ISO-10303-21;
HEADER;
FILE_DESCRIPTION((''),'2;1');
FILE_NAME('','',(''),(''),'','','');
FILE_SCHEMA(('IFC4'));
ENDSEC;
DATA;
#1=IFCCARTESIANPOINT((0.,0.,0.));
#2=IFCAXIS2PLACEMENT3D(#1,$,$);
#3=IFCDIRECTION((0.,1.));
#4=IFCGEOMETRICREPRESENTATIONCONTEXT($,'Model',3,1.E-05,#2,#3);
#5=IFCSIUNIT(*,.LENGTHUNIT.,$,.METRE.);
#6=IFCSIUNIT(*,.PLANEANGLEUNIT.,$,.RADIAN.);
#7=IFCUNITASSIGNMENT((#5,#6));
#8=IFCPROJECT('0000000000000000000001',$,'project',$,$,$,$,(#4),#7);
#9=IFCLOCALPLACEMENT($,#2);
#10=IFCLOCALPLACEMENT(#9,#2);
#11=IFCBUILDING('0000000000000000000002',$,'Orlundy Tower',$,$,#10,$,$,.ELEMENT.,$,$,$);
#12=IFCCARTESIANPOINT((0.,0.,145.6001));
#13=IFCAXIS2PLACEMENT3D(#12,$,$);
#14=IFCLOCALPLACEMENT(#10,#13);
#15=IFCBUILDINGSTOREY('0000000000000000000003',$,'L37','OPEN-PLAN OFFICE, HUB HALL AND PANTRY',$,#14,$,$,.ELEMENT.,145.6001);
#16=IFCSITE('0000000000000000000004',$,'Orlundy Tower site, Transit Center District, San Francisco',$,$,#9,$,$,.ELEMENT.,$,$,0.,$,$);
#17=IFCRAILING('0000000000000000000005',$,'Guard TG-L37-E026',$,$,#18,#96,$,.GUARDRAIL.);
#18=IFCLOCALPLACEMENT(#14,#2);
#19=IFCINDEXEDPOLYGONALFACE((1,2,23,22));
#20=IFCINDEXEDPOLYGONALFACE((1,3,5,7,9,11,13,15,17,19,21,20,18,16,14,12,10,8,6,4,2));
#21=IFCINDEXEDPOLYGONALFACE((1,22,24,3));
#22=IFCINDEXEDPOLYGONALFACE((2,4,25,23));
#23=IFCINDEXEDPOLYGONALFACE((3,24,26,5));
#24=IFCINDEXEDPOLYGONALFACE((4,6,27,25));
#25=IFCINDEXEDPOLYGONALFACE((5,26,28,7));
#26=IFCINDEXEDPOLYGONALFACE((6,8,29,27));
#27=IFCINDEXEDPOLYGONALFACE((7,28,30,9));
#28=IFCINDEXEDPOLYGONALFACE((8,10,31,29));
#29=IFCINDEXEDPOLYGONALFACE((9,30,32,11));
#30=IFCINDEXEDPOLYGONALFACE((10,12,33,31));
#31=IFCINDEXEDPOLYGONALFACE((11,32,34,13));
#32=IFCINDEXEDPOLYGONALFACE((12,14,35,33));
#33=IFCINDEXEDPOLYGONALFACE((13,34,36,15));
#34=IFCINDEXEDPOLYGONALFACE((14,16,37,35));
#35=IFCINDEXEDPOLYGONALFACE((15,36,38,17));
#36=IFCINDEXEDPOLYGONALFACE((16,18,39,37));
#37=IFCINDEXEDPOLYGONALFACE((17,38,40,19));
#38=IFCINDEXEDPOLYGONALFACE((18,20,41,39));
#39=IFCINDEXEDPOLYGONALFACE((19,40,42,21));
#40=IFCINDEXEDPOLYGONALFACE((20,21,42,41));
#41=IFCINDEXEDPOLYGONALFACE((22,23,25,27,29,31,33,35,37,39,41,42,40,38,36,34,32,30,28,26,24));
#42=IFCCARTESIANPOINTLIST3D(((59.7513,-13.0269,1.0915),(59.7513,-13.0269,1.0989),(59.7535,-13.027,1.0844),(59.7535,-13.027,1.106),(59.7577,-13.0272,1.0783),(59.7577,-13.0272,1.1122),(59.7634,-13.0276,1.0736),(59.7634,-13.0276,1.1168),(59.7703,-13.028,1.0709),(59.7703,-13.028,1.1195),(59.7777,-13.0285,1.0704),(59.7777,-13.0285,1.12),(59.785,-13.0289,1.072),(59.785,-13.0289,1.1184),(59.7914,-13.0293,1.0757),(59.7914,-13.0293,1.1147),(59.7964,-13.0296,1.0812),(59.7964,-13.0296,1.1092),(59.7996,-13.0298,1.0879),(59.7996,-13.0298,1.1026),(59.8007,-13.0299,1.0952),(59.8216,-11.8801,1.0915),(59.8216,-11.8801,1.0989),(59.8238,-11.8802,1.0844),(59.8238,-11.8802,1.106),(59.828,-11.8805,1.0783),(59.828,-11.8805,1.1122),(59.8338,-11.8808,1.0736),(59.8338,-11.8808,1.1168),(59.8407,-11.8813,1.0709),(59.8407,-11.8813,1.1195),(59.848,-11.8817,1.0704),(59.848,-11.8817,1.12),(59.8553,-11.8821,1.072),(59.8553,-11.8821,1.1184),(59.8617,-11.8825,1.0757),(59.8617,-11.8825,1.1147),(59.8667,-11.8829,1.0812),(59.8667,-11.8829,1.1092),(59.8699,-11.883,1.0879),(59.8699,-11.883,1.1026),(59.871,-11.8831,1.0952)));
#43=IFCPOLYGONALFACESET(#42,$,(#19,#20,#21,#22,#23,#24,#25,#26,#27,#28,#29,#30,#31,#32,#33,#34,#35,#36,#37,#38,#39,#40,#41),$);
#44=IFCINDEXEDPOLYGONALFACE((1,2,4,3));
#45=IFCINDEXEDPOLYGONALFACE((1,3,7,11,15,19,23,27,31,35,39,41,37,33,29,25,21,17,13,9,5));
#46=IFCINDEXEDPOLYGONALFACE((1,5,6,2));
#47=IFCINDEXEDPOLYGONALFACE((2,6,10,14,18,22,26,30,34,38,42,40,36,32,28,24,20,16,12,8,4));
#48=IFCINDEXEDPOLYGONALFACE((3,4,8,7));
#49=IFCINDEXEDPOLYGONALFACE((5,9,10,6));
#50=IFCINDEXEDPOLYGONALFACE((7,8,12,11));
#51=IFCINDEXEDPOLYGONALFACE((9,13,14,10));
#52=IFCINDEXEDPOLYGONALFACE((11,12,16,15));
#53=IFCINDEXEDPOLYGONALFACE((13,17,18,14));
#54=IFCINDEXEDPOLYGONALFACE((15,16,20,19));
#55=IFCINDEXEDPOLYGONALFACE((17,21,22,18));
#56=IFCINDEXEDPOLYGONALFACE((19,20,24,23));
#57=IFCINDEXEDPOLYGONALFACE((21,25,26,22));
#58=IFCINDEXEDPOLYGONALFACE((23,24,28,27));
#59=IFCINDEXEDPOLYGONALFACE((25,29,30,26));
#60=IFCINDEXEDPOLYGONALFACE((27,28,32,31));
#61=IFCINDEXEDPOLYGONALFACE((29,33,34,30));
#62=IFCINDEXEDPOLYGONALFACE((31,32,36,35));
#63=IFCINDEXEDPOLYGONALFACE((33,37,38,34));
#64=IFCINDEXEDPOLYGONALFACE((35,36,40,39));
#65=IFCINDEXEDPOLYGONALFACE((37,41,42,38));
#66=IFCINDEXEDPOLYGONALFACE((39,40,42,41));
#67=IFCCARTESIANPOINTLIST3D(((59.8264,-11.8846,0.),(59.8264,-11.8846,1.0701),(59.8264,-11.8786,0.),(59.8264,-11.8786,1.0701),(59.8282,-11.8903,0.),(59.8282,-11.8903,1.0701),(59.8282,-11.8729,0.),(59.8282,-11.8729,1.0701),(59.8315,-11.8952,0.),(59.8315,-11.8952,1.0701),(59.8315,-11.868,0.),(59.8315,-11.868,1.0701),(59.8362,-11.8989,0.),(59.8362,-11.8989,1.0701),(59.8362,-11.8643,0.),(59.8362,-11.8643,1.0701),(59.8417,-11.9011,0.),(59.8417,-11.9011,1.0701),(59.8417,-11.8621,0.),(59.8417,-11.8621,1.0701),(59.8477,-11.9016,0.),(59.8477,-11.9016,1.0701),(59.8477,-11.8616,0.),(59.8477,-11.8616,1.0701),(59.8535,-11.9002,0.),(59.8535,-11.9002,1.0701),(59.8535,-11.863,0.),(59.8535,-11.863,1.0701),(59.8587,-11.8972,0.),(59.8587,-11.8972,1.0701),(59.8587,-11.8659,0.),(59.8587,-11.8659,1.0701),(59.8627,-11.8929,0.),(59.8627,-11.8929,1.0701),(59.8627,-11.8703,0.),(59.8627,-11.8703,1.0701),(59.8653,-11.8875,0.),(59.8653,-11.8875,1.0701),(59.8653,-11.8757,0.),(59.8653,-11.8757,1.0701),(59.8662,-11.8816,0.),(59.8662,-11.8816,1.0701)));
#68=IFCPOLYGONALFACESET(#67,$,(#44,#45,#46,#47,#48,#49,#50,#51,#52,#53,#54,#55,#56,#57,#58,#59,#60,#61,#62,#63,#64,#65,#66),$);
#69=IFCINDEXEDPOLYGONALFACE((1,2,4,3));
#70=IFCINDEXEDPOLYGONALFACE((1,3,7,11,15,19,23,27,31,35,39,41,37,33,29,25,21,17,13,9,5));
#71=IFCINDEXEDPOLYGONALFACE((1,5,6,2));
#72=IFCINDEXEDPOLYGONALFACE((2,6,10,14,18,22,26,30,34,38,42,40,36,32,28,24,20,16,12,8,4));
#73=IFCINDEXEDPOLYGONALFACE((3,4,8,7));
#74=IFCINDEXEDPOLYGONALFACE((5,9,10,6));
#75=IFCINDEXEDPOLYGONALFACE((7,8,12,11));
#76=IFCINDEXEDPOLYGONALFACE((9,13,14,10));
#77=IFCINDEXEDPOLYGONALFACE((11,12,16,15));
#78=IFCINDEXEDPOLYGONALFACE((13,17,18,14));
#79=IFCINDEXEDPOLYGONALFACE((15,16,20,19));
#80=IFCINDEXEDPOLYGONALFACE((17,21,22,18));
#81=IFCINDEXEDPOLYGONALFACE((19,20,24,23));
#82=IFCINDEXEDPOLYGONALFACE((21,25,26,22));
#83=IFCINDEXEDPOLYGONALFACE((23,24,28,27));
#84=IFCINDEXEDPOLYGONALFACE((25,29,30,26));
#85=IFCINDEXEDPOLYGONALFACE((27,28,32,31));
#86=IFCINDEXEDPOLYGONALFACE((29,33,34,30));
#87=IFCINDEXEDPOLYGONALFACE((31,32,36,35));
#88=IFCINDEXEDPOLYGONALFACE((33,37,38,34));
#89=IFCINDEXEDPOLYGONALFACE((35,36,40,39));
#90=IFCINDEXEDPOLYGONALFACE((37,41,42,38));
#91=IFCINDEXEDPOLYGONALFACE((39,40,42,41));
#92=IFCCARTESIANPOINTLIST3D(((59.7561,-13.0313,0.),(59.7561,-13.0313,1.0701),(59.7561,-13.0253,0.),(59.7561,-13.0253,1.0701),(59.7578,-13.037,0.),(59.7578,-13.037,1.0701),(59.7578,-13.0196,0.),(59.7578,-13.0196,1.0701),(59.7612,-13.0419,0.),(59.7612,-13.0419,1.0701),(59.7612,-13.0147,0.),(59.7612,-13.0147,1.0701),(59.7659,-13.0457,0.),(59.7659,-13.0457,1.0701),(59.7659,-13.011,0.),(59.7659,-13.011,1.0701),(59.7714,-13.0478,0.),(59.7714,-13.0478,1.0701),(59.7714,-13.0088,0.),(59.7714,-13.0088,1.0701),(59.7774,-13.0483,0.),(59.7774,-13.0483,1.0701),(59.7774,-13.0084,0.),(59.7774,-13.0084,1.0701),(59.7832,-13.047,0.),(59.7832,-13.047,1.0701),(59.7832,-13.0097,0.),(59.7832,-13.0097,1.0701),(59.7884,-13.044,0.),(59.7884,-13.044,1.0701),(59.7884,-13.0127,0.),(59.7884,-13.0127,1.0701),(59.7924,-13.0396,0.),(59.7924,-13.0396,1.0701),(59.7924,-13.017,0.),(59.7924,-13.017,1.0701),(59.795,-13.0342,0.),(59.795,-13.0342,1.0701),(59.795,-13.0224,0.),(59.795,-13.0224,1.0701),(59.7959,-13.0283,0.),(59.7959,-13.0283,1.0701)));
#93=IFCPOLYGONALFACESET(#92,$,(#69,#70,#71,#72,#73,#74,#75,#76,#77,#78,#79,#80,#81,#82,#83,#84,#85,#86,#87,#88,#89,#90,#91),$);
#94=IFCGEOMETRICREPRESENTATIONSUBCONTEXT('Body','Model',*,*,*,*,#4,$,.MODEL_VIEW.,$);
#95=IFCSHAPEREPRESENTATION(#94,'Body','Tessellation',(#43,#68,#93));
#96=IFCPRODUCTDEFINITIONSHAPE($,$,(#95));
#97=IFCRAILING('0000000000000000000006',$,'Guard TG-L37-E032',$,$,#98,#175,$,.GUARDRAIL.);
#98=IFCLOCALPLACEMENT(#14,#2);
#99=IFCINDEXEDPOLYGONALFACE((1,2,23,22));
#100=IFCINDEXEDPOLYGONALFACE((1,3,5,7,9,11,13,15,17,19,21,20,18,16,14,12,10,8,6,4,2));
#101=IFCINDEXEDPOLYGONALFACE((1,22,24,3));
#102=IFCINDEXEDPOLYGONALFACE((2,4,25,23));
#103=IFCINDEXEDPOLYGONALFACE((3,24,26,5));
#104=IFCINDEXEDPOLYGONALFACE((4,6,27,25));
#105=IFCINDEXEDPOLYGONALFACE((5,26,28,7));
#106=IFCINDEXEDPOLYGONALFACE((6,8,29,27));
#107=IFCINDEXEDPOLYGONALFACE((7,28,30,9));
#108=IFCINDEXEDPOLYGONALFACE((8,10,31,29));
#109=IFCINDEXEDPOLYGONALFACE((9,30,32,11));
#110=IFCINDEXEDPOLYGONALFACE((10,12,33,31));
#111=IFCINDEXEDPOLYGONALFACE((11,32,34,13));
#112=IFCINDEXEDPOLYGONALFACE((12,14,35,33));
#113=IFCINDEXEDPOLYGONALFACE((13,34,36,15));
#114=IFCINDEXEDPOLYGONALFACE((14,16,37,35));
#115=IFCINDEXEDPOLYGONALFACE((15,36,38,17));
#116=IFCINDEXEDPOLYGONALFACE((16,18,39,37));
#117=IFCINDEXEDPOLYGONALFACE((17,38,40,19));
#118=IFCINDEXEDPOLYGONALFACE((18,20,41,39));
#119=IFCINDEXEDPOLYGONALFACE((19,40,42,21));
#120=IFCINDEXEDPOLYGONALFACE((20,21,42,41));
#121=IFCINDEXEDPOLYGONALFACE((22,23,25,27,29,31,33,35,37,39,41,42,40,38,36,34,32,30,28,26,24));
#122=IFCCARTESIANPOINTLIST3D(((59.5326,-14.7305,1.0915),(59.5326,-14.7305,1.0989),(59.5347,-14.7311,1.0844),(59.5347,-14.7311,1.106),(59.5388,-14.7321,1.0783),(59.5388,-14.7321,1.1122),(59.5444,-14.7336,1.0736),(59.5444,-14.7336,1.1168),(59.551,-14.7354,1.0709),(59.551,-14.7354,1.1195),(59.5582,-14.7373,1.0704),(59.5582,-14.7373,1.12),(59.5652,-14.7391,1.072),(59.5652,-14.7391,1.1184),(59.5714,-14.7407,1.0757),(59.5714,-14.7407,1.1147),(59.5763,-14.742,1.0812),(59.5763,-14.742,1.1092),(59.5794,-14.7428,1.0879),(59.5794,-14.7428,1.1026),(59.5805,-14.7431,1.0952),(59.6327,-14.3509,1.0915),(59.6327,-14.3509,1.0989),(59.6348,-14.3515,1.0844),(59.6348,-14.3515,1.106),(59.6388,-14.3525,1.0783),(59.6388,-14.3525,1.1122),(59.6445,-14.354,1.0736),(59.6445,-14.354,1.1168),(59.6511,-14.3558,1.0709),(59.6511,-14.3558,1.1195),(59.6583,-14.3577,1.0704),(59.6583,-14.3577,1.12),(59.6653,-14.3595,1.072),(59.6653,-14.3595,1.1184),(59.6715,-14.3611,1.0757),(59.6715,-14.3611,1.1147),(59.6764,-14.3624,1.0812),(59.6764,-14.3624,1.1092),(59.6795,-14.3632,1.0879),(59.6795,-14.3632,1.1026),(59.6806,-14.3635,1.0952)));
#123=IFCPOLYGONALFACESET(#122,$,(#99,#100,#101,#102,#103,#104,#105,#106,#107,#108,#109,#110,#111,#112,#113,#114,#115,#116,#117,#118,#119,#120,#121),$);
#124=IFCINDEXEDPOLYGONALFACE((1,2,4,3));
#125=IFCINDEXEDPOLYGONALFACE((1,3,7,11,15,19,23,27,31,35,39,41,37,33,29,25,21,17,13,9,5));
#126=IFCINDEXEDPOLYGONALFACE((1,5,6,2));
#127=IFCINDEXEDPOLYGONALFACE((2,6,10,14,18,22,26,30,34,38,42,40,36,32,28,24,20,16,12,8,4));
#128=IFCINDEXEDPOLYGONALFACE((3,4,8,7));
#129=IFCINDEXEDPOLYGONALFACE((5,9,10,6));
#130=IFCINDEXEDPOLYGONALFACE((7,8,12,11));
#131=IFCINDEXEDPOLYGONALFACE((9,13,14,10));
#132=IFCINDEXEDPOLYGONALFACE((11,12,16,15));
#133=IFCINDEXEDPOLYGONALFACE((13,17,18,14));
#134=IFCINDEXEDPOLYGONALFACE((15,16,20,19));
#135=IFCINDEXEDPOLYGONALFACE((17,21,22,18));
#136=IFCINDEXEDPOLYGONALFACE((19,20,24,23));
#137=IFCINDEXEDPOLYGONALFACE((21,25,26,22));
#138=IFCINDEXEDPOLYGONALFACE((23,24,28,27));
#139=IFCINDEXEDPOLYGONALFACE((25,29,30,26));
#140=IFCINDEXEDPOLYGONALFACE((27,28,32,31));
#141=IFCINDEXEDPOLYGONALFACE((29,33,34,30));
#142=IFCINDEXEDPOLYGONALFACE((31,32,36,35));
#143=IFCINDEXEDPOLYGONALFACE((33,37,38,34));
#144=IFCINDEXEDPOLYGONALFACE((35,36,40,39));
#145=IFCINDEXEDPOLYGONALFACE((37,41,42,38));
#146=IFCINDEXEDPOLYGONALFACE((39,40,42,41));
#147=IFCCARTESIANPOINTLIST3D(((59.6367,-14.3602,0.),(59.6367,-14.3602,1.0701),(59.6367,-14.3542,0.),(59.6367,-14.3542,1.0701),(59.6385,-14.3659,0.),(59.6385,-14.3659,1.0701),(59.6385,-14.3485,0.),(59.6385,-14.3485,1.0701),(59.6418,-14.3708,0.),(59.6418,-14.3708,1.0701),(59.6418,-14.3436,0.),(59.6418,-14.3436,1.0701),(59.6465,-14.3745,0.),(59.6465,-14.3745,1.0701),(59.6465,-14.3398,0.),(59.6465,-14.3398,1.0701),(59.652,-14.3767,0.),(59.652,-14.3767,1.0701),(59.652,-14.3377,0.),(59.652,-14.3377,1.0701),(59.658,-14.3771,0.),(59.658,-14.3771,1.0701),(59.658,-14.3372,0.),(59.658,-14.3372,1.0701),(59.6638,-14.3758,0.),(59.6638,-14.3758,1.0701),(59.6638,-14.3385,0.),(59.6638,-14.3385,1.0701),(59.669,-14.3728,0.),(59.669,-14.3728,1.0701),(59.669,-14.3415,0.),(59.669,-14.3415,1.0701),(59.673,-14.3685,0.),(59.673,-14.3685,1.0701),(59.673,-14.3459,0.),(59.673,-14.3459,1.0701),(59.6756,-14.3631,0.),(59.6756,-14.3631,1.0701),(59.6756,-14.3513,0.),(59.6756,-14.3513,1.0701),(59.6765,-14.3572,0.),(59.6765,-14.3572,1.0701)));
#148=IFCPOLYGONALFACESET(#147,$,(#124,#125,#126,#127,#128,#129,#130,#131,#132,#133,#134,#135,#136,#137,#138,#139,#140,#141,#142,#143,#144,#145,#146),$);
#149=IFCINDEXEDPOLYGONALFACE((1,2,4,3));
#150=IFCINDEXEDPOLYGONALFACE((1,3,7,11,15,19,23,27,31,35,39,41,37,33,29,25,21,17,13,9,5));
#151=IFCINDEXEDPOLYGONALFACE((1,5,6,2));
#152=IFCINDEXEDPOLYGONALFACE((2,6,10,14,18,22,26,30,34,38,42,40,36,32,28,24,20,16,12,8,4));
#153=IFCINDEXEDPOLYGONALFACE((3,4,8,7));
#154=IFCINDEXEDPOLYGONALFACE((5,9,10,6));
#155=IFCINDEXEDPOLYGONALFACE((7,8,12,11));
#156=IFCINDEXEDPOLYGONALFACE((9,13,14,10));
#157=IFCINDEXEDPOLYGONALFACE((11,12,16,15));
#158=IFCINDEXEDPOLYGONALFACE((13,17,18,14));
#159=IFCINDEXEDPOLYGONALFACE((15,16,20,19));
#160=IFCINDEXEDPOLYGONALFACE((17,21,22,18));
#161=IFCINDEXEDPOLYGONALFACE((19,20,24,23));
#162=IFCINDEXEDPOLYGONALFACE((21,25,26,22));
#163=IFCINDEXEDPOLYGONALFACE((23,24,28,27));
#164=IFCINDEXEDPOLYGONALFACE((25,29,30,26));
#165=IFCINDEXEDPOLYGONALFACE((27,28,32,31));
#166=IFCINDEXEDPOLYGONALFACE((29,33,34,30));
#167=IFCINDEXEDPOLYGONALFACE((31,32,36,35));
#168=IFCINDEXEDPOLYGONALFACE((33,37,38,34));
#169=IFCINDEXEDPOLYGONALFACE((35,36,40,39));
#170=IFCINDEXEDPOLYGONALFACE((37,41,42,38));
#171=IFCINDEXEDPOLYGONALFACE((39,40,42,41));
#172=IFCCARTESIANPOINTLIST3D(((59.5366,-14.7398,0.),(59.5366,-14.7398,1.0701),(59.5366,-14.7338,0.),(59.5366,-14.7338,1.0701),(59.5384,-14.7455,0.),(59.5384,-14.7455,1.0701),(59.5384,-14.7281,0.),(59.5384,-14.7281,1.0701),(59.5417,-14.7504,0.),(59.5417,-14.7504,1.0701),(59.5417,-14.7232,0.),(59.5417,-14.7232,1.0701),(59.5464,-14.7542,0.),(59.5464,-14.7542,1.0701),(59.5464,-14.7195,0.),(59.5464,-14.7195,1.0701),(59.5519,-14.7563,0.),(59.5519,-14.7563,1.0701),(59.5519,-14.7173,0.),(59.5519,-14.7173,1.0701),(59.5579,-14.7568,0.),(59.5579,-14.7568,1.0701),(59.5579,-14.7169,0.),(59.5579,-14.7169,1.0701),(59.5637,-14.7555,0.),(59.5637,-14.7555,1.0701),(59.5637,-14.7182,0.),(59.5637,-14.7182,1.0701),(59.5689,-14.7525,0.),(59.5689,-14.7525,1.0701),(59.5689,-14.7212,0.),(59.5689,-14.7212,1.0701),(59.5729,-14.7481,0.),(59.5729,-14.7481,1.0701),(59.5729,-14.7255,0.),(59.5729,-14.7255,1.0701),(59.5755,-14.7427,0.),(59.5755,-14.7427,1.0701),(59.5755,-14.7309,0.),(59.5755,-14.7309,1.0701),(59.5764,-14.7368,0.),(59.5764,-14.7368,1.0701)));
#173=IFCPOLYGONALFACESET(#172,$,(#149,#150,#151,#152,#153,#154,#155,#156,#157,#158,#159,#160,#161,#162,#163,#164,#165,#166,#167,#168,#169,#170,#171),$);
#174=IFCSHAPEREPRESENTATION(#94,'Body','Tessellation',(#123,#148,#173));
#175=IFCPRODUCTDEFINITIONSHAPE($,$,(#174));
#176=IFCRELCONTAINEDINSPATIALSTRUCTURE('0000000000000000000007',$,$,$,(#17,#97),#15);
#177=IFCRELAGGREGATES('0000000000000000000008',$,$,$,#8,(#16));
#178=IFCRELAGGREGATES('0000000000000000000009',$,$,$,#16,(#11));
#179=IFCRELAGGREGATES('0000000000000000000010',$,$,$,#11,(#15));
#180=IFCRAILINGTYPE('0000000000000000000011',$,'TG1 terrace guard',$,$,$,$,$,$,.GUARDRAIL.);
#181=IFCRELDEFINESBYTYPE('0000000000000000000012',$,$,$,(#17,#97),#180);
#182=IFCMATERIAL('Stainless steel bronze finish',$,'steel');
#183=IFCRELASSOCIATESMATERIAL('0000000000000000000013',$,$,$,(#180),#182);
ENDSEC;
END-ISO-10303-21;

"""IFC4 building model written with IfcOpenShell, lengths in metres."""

from ifc_helpers import new_model, si_unit, direction, frame, origin, origin_2d, place, context, subcontext, project, spatial, circle, extrude, material, type_object, element, save


model = new_model("IFC4")

# Units and contexts
model_context = context("Model", 3, precision=1e-05, world=origin(), true_north=direction((0.0, 1.0)))
body_context = subcontext(model_context, "Body", "Model", "MODEL_VIEW")
ifc_project = project(units=[si_unit("LENGTHUNIT", "METRE"), si_unit("PLANEANGLEUNIT", "RADIAN")], contexts=[model_context])

# Site, building, storey
site_placement = place(None, origin())
site = spatial("IfcSite", under=ifc_project, at=site_placement, Name="Orlundy Tower site, Transit Center District, San Francisco", CompositionType="ELEMENT", RefElevation=0.0)
building_placement = place(site_placement, origin())
building = spatial("IfcBuilding", under=site, at=building_placement, Name="Orlundy Tower", CompositionType="ELEMENT")
storey_placement = place(building_placement, frame((0.0, 0.0, 145.6001)))
storey = spatial("IfcBuildingStorey", under=building, at=storey_placement, Name="L37", Description="OPEN-PLAN OFFICE, HUB HALL AND PANTRY", CompositionType="ELEMENT", Elevation=145.6001)

# Railings
ifc_material_1 = material(Name="Stainless steel bronze finish", Category="steel")
railing_type = type_object("IfcRailingType", Name="TG1 terrace guard", PredefinedType="GUARDRAIL", material=ifc_material_1)
railing_1_placement = place(storey_placement, frame((59.8462, -11.8816, 0.0)))
element("IfcRailing", 1, at=railing_1_placement, inside=storey, type_object=railing_type, Name="Guard TG-L37-E026", PredefinedType="GUARDRAIL", context=body_context, shape_type="SweptSolid", body=[
    extrude(circle(Radius=0.0249, at=origin_2d()), frame((0.0, 0.0, 1.0952), z_axis=(-0.061201, -0.998125, 0.0), x_axis=(0.998125, -0.061201, 0.0)), (0.0, 0.0, 1.0), 1.1489),
    extrude(circle(Radius=0.02, at=origin_2d()), origin(), (0.0, 0.0, 1.0), 1.0701),
    extrude(circle(Radius=0.02, at=origin_2d()), frame((-0.0703, -1.1467, 0.0)), (0.0, 0.0, 1.0), 1.0701),
])
railing_2_placement = place(storey_placement, frame((59.6565, -14.3572, 0.0)))
element("IfcRailing", 2, at=railing_2_placement, inside=storey, type_object=railing_type, Name="Guard TG-L37-E032", PredefinedType="GUARDRAIL", context=body_context, shape_type="SweptSolid", body=[
    extrude(circle(Radius=0.0249, at=origin_2d()), frame((0.0, 0.0, 1.0952), z_axis=(-0.254952, -0.966954, 0.0), x_axis=(0.966954, -0.254952, 0.0)), (0.0, 0.0, 1.0), 0.3926),
    extrude(circle(Radius=0.02, at=origin_2d()), origin(), (0.0, 0.0, 1.0), 1.0701),
    extrude(circle(Radius=0.02, at=origin_2d()), frame((-0.1001, -0.3796, 0.0)), (0.0, 0.0, 1.0), 1.0701),
])

save(model, "model.ifc")
